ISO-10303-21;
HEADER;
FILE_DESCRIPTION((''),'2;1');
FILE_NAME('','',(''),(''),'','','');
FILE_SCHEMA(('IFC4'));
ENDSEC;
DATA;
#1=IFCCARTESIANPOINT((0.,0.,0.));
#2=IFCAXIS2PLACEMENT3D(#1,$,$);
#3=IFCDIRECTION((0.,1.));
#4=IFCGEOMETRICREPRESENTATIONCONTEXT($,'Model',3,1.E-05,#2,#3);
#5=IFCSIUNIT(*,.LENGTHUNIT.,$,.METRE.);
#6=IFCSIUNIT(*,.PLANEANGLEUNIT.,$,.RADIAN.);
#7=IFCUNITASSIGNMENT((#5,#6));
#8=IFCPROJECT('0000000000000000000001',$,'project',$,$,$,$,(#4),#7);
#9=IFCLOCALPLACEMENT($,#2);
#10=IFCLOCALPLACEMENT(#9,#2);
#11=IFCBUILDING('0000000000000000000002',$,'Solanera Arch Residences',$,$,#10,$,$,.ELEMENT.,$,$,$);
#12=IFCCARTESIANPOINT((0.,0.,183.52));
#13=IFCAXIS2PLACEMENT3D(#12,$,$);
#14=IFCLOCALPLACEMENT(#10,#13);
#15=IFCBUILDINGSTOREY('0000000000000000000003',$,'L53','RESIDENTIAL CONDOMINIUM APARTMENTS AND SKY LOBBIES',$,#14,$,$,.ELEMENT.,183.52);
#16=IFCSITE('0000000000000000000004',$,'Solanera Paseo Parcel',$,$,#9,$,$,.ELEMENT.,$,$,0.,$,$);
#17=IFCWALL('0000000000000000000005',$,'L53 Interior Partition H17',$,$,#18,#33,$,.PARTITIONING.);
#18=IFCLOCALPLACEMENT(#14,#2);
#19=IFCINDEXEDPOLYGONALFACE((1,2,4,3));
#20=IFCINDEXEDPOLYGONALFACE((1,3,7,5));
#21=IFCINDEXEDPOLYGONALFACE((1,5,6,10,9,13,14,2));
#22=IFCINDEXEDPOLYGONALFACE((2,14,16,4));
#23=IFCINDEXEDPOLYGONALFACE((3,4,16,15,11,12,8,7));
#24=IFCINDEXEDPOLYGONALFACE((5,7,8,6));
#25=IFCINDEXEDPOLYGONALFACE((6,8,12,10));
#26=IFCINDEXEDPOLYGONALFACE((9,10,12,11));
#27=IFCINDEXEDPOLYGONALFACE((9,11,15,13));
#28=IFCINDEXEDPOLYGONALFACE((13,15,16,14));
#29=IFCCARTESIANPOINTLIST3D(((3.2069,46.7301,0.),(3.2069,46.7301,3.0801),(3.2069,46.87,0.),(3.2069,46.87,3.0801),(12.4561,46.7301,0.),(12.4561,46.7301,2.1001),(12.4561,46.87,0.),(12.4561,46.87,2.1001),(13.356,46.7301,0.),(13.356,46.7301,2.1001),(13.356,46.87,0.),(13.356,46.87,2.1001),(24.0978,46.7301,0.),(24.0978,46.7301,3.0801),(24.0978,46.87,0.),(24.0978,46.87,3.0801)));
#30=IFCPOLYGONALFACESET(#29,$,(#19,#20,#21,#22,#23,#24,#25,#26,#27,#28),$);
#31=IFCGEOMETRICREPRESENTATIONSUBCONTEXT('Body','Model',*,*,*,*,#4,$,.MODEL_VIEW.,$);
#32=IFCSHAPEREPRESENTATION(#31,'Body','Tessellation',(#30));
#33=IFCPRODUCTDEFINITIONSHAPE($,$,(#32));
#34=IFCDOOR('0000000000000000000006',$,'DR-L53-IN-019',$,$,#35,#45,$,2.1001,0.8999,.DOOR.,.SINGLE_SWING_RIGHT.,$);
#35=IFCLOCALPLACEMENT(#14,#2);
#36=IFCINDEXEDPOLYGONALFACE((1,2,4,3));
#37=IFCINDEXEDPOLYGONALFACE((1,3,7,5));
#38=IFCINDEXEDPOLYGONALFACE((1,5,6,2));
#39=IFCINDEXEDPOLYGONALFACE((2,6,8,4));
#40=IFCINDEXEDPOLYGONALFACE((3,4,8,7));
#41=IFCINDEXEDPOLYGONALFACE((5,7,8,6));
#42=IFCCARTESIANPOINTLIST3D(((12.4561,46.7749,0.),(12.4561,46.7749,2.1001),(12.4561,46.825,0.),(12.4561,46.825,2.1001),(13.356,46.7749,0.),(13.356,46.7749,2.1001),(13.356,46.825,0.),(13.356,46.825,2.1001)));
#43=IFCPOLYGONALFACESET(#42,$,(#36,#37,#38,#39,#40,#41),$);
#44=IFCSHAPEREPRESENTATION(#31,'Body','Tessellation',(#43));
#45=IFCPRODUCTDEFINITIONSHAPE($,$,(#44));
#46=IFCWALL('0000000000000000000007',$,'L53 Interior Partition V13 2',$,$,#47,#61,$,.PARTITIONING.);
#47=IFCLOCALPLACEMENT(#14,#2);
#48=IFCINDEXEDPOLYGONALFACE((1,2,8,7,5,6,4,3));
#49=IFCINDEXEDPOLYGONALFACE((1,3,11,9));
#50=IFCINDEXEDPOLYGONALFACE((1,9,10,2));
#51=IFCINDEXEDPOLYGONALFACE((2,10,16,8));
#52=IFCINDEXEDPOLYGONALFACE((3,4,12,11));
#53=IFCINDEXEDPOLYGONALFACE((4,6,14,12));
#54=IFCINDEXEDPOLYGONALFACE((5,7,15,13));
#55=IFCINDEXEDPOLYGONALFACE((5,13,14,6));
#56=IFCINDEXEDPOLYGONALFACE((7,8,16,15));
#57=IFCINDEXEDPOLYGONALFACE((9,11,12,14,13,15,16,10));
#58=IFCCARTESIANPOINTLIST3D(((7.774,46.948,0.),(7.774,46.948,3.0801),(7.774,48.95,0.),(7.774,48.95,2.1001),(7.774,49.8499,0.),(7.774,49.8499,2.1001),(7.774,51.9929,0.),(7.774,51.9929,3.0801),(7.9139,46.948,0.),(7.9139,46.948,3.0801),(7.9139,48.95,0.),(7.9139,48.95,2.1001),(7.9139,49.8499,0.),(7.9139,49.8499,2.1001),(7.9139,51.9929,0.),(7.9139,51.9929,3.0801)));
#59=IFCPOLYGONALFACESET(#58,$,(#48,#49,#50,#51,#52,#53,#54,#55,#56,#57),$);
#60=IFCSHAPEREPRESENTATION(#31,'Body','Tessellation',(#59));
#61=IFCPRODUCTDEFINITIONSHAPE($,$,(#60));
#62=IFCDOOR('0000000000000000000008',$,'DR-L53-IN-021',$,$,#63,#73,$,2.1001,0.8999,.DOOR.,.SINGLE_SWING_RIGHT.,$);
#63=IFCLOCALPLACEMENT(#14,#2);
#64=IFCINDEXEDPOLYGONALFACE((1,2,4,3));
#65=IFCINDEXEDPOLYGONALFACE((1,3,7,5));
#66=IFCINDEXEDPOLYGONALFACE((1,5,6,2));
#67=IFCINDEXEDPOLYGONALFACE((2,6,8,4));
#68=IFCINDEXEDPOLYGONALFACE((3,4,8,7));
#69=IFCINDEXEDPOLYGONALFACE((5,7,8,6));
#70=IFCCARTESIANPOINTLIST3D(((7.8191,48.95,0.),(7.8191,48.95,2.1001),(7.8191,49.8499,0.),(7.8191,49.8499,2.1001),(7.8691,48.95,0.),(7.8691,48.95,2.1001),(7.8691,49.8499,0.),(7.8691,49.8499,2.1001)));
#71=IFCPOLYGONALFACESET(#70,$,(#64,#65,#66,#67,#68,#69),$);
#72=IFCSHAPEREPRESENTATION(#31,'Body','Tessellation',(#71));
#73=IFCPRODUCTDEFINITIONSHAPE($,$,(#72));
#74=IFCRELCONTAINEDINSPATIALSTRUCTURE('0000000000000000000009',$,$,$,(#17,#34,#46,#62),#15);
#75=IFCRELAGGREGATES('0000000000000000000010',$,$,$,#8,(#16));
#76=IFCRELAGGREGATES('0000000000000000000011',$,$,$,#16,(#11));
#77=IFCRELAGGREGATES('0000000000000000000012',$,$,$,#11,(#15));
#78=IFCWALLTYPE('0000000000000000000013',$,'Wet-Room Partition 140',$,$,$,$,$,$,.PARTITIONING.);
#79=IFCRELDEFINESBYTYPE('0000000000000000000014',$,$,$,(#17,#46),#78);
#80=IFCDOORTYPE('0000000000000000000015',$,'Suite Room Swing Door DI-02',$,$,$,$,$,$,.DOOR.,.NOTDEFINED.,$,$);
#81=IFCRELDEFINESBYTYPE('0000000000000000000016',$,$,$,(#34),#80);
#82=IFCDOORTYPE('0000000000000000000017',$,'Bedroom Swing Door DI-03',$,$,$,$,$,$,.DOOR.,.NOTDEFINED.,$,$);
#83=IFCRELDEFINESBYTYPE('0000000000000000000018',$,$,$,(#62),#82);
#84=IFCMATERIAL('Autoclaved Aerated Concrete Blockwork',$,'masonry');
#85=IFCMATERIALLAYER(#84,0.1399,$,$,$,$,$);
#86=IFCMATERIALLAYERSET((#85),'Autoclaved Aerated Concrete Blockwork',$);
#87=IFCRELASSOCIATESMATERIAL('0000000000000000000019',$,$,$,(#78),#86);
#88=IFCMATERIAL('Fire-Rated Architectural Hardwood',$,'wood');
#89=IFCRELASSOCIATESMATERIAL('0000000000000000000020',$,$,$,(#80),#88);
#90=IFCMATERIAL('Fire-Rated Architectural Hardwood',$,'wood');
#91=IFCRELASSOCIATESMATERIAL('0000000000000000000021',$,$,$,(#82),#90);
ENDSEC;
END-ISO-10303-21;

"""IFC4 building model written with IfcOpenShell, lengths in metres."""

from ifc_helpers import new_model, si_unit, direction, frame, frame_2d, origin, place, context, subcontext, project, spatial, rectangle, extrude, material, layer, layer_set, type_object, element, fill, save


model = new_model("IFC4")

# Units and contexts
model_context = context("Model", 3, precision=1e-05, world=origin(), true_north=direction((0.0, 1.0)))
body_context = subcontext(model_context, "Body", "Model", "MODEL_VIEW")
ifc_project = project(units=[si_unit("LENGTHUNIT", "METRE"), si_unit("PLANEANGLEUNIT", "RADIAN")], contexts=[model_context])

# Site, building, storey
site_placement = place(None, origin())
site = spatial("IfcSite", under=ifc_project, at=site_placement, Name="Solanera Paseo Parcel", CompositionType="ELEMENT", RefElevation=0.0)
building_placement = place(site_placement, origin())
building = spatial("IfcBuilding", under=site, at=building_placement, Name="Solanera Arch Residences", CompositionType="ELEMENT")
storey_placement = place(building_placement, frame((0.0, 0.0, 183.52)))
storey = spatial("IfcBuildingStorey", under=building, at=storey_placement, Name="L53", Description="RESIDENTIAL CONDOMINIUM APARTMENTS AND SKY LOBBIES", CompositionType="ELEMENT", Elevation=183.52)

# Walls, openings, doors
ifc_material_1 = material(Name="Autoclaved Aerated Concrete Blockwork", Category="masonry")
ifc_layer_1 = layer(ifc_material_1, 0.1399)
ifc_layer_set_1 = layer_set([ifc_layer_1], Name="Autoclaved Aerated Concrete Blockwork")
wall_type_1 = type_object("IfcWallType", Name="Wet-Room Partition 140", PredefinedType="PARTITIONING", material=ifc_layer_set_1)
wall_1_placement = place(storey_placement, frame((3.207, 46.8, 0.0), z_axis=(0.0, 0.0, 1.0), x_axis=(1.0, 0.0, 0.0)))
wall_1 = element("IfcWall", 1, at=wall_1_placement, inside=storey, type_object=wall_type_1, Name="L53 Interior Partition H17", PredefinedType="PARTITIONING", context=body_context, shape_type="SweptSolid", body=[
    extrude(rectangle(XDim=20.8909, YDim=0.1399, at=frame_2d((10.4453, 0.0))), origin(), (0.0, 0.0, 1.0), 3.0801),
])
opening_1_placement = place(wall_1_placement, frame((9.249, 0.0, 0.0)))
opening_1 = element("IfcOpeningElement", 2, at=opening_1_placement, cuts=wall_1, PredefinedType="OPENING", context=body_context, shape_type="SweptSolid", body=[
    extrude(rectangle(XDim=0.8999, YDim=2.1001, at=frame_2d((0.45, 1.05))), frame((0.0, 0.0798, 0.0), z_axis=(0.0, -1.0, 0.0), x_axis=(1.0, 0.0, 0.0)), (0.0, 0.0, 1.0), 0.1599),
])
ifc_material_2 = material(Name="Fire-Rated Architectural Hardwood", Category="wood")
door_type_1 = type_object("IfcDoorType", Name="Suite Room Swing Door DI-02", OperationType="NOTDEFINED", PredefinedType="DOOR", material=ifc_material_2)
door_1_placement = place(opening_1_placement, origin())
door_1 = element("IfcDoor", 3, at=door_1_placement, inside=storey, type_object=door_type_1, Name="DR-L53-IN-019", OperationType="SINGLE_SWING_RIGHT", OverallHeight=2.1001, OverallWidth=0.8999, PredefinedType="DOOR", context=body_context, shape_type="SweptSolid", body=[
    extrude(rectangle(XDim=0.8999, YDim=2.1001, at=frame_2d((0.45, 1.05))), frame((0.0, 0.0249, 0.0), z_axis=(0.0, -1.0, 0.0), x_axis=(1.0, 0.0, 0.0)), (0.0, 0.0, 1.0), 0.05),
])
fill(opening_1, door_1)
wall_2_placement = place(storey_placement, frame((7.844, 46.948, 0.0), z_axis=(0.0, 0.0, 1.0), x_axis=(0.0, 1.0, 0.0)))
wall_2 = element("IfcWall", 4, at=wall_2_placement, inside=storey, type_object=wall_type_1, Name="L53 Interior Partition V13 2", PredefinedType="PARTITIONING", context=body_context, shape_type="SweptSolid", body=[
    extrude(rectangle(XDim=5.0449, YDim=0.1399, at=frame_2d((2.5225, 0.0))), origin(), (0.0, 0.0, 1.0), 3.0801),
])
opening_2_placement = place(wall_2_placement, frame((2.002, 0.0, 0.0)))
opening_2 = element("IfcOpeningElement", 5, at=opening_2_placement, cuts=wall_2, PredefinedType="OPENING", context=body_context, shape_type="SweptSolid", body=[
    extrude(rectangle(XDim=0.8999, YDim=2.1001, at=frame_2d((0.45, 1.05))), frame((0.0, 0.0798, 0.0), z_axis=(0.0, -1.0, 0.0), x_axis=(1.0, 0.0, 0.0)), (0.0, 0.0, 1.0), 0.1599),
])
ifc_material_3 = material(Name="Fire-Rated Architectural Hardwood", Category="wood")
door_type_2 = type_object("IfcDoorType", Name="Bedroom Swing Door DI-03", OperationType="NOTDEFINED", PredefinedType="DOOR", material=ifc_material_3)
door_2_placement = place(opening_2_placement, origin())
door_2 = element("IfcDoor", 6, at=door_2_placement, inside=storey, type_object=door_type_2, Name="DR-L53-IN-021", OperationType="SINGLE_SWING_RIGHT", OverallHeight=2.1001, OverallWidth=0.8999, PredefinedType="DOOR", context=body_context, shape_type="SweptSolid", body=[
    extrude(rectangle(XDim=0.8999, YDim=2.1001, at=frame_2d((0.45, 1.05))), frame((0.0, 0.0249, 0.0), z_axis=(0.0, -1.0, 0.0), x_axis=(1.0, 0.0, 0.0)), (0.0, 0.0, 1.0), 0.05),
])
fill(opening_2, door_2)

save(model, "model.ifc")
